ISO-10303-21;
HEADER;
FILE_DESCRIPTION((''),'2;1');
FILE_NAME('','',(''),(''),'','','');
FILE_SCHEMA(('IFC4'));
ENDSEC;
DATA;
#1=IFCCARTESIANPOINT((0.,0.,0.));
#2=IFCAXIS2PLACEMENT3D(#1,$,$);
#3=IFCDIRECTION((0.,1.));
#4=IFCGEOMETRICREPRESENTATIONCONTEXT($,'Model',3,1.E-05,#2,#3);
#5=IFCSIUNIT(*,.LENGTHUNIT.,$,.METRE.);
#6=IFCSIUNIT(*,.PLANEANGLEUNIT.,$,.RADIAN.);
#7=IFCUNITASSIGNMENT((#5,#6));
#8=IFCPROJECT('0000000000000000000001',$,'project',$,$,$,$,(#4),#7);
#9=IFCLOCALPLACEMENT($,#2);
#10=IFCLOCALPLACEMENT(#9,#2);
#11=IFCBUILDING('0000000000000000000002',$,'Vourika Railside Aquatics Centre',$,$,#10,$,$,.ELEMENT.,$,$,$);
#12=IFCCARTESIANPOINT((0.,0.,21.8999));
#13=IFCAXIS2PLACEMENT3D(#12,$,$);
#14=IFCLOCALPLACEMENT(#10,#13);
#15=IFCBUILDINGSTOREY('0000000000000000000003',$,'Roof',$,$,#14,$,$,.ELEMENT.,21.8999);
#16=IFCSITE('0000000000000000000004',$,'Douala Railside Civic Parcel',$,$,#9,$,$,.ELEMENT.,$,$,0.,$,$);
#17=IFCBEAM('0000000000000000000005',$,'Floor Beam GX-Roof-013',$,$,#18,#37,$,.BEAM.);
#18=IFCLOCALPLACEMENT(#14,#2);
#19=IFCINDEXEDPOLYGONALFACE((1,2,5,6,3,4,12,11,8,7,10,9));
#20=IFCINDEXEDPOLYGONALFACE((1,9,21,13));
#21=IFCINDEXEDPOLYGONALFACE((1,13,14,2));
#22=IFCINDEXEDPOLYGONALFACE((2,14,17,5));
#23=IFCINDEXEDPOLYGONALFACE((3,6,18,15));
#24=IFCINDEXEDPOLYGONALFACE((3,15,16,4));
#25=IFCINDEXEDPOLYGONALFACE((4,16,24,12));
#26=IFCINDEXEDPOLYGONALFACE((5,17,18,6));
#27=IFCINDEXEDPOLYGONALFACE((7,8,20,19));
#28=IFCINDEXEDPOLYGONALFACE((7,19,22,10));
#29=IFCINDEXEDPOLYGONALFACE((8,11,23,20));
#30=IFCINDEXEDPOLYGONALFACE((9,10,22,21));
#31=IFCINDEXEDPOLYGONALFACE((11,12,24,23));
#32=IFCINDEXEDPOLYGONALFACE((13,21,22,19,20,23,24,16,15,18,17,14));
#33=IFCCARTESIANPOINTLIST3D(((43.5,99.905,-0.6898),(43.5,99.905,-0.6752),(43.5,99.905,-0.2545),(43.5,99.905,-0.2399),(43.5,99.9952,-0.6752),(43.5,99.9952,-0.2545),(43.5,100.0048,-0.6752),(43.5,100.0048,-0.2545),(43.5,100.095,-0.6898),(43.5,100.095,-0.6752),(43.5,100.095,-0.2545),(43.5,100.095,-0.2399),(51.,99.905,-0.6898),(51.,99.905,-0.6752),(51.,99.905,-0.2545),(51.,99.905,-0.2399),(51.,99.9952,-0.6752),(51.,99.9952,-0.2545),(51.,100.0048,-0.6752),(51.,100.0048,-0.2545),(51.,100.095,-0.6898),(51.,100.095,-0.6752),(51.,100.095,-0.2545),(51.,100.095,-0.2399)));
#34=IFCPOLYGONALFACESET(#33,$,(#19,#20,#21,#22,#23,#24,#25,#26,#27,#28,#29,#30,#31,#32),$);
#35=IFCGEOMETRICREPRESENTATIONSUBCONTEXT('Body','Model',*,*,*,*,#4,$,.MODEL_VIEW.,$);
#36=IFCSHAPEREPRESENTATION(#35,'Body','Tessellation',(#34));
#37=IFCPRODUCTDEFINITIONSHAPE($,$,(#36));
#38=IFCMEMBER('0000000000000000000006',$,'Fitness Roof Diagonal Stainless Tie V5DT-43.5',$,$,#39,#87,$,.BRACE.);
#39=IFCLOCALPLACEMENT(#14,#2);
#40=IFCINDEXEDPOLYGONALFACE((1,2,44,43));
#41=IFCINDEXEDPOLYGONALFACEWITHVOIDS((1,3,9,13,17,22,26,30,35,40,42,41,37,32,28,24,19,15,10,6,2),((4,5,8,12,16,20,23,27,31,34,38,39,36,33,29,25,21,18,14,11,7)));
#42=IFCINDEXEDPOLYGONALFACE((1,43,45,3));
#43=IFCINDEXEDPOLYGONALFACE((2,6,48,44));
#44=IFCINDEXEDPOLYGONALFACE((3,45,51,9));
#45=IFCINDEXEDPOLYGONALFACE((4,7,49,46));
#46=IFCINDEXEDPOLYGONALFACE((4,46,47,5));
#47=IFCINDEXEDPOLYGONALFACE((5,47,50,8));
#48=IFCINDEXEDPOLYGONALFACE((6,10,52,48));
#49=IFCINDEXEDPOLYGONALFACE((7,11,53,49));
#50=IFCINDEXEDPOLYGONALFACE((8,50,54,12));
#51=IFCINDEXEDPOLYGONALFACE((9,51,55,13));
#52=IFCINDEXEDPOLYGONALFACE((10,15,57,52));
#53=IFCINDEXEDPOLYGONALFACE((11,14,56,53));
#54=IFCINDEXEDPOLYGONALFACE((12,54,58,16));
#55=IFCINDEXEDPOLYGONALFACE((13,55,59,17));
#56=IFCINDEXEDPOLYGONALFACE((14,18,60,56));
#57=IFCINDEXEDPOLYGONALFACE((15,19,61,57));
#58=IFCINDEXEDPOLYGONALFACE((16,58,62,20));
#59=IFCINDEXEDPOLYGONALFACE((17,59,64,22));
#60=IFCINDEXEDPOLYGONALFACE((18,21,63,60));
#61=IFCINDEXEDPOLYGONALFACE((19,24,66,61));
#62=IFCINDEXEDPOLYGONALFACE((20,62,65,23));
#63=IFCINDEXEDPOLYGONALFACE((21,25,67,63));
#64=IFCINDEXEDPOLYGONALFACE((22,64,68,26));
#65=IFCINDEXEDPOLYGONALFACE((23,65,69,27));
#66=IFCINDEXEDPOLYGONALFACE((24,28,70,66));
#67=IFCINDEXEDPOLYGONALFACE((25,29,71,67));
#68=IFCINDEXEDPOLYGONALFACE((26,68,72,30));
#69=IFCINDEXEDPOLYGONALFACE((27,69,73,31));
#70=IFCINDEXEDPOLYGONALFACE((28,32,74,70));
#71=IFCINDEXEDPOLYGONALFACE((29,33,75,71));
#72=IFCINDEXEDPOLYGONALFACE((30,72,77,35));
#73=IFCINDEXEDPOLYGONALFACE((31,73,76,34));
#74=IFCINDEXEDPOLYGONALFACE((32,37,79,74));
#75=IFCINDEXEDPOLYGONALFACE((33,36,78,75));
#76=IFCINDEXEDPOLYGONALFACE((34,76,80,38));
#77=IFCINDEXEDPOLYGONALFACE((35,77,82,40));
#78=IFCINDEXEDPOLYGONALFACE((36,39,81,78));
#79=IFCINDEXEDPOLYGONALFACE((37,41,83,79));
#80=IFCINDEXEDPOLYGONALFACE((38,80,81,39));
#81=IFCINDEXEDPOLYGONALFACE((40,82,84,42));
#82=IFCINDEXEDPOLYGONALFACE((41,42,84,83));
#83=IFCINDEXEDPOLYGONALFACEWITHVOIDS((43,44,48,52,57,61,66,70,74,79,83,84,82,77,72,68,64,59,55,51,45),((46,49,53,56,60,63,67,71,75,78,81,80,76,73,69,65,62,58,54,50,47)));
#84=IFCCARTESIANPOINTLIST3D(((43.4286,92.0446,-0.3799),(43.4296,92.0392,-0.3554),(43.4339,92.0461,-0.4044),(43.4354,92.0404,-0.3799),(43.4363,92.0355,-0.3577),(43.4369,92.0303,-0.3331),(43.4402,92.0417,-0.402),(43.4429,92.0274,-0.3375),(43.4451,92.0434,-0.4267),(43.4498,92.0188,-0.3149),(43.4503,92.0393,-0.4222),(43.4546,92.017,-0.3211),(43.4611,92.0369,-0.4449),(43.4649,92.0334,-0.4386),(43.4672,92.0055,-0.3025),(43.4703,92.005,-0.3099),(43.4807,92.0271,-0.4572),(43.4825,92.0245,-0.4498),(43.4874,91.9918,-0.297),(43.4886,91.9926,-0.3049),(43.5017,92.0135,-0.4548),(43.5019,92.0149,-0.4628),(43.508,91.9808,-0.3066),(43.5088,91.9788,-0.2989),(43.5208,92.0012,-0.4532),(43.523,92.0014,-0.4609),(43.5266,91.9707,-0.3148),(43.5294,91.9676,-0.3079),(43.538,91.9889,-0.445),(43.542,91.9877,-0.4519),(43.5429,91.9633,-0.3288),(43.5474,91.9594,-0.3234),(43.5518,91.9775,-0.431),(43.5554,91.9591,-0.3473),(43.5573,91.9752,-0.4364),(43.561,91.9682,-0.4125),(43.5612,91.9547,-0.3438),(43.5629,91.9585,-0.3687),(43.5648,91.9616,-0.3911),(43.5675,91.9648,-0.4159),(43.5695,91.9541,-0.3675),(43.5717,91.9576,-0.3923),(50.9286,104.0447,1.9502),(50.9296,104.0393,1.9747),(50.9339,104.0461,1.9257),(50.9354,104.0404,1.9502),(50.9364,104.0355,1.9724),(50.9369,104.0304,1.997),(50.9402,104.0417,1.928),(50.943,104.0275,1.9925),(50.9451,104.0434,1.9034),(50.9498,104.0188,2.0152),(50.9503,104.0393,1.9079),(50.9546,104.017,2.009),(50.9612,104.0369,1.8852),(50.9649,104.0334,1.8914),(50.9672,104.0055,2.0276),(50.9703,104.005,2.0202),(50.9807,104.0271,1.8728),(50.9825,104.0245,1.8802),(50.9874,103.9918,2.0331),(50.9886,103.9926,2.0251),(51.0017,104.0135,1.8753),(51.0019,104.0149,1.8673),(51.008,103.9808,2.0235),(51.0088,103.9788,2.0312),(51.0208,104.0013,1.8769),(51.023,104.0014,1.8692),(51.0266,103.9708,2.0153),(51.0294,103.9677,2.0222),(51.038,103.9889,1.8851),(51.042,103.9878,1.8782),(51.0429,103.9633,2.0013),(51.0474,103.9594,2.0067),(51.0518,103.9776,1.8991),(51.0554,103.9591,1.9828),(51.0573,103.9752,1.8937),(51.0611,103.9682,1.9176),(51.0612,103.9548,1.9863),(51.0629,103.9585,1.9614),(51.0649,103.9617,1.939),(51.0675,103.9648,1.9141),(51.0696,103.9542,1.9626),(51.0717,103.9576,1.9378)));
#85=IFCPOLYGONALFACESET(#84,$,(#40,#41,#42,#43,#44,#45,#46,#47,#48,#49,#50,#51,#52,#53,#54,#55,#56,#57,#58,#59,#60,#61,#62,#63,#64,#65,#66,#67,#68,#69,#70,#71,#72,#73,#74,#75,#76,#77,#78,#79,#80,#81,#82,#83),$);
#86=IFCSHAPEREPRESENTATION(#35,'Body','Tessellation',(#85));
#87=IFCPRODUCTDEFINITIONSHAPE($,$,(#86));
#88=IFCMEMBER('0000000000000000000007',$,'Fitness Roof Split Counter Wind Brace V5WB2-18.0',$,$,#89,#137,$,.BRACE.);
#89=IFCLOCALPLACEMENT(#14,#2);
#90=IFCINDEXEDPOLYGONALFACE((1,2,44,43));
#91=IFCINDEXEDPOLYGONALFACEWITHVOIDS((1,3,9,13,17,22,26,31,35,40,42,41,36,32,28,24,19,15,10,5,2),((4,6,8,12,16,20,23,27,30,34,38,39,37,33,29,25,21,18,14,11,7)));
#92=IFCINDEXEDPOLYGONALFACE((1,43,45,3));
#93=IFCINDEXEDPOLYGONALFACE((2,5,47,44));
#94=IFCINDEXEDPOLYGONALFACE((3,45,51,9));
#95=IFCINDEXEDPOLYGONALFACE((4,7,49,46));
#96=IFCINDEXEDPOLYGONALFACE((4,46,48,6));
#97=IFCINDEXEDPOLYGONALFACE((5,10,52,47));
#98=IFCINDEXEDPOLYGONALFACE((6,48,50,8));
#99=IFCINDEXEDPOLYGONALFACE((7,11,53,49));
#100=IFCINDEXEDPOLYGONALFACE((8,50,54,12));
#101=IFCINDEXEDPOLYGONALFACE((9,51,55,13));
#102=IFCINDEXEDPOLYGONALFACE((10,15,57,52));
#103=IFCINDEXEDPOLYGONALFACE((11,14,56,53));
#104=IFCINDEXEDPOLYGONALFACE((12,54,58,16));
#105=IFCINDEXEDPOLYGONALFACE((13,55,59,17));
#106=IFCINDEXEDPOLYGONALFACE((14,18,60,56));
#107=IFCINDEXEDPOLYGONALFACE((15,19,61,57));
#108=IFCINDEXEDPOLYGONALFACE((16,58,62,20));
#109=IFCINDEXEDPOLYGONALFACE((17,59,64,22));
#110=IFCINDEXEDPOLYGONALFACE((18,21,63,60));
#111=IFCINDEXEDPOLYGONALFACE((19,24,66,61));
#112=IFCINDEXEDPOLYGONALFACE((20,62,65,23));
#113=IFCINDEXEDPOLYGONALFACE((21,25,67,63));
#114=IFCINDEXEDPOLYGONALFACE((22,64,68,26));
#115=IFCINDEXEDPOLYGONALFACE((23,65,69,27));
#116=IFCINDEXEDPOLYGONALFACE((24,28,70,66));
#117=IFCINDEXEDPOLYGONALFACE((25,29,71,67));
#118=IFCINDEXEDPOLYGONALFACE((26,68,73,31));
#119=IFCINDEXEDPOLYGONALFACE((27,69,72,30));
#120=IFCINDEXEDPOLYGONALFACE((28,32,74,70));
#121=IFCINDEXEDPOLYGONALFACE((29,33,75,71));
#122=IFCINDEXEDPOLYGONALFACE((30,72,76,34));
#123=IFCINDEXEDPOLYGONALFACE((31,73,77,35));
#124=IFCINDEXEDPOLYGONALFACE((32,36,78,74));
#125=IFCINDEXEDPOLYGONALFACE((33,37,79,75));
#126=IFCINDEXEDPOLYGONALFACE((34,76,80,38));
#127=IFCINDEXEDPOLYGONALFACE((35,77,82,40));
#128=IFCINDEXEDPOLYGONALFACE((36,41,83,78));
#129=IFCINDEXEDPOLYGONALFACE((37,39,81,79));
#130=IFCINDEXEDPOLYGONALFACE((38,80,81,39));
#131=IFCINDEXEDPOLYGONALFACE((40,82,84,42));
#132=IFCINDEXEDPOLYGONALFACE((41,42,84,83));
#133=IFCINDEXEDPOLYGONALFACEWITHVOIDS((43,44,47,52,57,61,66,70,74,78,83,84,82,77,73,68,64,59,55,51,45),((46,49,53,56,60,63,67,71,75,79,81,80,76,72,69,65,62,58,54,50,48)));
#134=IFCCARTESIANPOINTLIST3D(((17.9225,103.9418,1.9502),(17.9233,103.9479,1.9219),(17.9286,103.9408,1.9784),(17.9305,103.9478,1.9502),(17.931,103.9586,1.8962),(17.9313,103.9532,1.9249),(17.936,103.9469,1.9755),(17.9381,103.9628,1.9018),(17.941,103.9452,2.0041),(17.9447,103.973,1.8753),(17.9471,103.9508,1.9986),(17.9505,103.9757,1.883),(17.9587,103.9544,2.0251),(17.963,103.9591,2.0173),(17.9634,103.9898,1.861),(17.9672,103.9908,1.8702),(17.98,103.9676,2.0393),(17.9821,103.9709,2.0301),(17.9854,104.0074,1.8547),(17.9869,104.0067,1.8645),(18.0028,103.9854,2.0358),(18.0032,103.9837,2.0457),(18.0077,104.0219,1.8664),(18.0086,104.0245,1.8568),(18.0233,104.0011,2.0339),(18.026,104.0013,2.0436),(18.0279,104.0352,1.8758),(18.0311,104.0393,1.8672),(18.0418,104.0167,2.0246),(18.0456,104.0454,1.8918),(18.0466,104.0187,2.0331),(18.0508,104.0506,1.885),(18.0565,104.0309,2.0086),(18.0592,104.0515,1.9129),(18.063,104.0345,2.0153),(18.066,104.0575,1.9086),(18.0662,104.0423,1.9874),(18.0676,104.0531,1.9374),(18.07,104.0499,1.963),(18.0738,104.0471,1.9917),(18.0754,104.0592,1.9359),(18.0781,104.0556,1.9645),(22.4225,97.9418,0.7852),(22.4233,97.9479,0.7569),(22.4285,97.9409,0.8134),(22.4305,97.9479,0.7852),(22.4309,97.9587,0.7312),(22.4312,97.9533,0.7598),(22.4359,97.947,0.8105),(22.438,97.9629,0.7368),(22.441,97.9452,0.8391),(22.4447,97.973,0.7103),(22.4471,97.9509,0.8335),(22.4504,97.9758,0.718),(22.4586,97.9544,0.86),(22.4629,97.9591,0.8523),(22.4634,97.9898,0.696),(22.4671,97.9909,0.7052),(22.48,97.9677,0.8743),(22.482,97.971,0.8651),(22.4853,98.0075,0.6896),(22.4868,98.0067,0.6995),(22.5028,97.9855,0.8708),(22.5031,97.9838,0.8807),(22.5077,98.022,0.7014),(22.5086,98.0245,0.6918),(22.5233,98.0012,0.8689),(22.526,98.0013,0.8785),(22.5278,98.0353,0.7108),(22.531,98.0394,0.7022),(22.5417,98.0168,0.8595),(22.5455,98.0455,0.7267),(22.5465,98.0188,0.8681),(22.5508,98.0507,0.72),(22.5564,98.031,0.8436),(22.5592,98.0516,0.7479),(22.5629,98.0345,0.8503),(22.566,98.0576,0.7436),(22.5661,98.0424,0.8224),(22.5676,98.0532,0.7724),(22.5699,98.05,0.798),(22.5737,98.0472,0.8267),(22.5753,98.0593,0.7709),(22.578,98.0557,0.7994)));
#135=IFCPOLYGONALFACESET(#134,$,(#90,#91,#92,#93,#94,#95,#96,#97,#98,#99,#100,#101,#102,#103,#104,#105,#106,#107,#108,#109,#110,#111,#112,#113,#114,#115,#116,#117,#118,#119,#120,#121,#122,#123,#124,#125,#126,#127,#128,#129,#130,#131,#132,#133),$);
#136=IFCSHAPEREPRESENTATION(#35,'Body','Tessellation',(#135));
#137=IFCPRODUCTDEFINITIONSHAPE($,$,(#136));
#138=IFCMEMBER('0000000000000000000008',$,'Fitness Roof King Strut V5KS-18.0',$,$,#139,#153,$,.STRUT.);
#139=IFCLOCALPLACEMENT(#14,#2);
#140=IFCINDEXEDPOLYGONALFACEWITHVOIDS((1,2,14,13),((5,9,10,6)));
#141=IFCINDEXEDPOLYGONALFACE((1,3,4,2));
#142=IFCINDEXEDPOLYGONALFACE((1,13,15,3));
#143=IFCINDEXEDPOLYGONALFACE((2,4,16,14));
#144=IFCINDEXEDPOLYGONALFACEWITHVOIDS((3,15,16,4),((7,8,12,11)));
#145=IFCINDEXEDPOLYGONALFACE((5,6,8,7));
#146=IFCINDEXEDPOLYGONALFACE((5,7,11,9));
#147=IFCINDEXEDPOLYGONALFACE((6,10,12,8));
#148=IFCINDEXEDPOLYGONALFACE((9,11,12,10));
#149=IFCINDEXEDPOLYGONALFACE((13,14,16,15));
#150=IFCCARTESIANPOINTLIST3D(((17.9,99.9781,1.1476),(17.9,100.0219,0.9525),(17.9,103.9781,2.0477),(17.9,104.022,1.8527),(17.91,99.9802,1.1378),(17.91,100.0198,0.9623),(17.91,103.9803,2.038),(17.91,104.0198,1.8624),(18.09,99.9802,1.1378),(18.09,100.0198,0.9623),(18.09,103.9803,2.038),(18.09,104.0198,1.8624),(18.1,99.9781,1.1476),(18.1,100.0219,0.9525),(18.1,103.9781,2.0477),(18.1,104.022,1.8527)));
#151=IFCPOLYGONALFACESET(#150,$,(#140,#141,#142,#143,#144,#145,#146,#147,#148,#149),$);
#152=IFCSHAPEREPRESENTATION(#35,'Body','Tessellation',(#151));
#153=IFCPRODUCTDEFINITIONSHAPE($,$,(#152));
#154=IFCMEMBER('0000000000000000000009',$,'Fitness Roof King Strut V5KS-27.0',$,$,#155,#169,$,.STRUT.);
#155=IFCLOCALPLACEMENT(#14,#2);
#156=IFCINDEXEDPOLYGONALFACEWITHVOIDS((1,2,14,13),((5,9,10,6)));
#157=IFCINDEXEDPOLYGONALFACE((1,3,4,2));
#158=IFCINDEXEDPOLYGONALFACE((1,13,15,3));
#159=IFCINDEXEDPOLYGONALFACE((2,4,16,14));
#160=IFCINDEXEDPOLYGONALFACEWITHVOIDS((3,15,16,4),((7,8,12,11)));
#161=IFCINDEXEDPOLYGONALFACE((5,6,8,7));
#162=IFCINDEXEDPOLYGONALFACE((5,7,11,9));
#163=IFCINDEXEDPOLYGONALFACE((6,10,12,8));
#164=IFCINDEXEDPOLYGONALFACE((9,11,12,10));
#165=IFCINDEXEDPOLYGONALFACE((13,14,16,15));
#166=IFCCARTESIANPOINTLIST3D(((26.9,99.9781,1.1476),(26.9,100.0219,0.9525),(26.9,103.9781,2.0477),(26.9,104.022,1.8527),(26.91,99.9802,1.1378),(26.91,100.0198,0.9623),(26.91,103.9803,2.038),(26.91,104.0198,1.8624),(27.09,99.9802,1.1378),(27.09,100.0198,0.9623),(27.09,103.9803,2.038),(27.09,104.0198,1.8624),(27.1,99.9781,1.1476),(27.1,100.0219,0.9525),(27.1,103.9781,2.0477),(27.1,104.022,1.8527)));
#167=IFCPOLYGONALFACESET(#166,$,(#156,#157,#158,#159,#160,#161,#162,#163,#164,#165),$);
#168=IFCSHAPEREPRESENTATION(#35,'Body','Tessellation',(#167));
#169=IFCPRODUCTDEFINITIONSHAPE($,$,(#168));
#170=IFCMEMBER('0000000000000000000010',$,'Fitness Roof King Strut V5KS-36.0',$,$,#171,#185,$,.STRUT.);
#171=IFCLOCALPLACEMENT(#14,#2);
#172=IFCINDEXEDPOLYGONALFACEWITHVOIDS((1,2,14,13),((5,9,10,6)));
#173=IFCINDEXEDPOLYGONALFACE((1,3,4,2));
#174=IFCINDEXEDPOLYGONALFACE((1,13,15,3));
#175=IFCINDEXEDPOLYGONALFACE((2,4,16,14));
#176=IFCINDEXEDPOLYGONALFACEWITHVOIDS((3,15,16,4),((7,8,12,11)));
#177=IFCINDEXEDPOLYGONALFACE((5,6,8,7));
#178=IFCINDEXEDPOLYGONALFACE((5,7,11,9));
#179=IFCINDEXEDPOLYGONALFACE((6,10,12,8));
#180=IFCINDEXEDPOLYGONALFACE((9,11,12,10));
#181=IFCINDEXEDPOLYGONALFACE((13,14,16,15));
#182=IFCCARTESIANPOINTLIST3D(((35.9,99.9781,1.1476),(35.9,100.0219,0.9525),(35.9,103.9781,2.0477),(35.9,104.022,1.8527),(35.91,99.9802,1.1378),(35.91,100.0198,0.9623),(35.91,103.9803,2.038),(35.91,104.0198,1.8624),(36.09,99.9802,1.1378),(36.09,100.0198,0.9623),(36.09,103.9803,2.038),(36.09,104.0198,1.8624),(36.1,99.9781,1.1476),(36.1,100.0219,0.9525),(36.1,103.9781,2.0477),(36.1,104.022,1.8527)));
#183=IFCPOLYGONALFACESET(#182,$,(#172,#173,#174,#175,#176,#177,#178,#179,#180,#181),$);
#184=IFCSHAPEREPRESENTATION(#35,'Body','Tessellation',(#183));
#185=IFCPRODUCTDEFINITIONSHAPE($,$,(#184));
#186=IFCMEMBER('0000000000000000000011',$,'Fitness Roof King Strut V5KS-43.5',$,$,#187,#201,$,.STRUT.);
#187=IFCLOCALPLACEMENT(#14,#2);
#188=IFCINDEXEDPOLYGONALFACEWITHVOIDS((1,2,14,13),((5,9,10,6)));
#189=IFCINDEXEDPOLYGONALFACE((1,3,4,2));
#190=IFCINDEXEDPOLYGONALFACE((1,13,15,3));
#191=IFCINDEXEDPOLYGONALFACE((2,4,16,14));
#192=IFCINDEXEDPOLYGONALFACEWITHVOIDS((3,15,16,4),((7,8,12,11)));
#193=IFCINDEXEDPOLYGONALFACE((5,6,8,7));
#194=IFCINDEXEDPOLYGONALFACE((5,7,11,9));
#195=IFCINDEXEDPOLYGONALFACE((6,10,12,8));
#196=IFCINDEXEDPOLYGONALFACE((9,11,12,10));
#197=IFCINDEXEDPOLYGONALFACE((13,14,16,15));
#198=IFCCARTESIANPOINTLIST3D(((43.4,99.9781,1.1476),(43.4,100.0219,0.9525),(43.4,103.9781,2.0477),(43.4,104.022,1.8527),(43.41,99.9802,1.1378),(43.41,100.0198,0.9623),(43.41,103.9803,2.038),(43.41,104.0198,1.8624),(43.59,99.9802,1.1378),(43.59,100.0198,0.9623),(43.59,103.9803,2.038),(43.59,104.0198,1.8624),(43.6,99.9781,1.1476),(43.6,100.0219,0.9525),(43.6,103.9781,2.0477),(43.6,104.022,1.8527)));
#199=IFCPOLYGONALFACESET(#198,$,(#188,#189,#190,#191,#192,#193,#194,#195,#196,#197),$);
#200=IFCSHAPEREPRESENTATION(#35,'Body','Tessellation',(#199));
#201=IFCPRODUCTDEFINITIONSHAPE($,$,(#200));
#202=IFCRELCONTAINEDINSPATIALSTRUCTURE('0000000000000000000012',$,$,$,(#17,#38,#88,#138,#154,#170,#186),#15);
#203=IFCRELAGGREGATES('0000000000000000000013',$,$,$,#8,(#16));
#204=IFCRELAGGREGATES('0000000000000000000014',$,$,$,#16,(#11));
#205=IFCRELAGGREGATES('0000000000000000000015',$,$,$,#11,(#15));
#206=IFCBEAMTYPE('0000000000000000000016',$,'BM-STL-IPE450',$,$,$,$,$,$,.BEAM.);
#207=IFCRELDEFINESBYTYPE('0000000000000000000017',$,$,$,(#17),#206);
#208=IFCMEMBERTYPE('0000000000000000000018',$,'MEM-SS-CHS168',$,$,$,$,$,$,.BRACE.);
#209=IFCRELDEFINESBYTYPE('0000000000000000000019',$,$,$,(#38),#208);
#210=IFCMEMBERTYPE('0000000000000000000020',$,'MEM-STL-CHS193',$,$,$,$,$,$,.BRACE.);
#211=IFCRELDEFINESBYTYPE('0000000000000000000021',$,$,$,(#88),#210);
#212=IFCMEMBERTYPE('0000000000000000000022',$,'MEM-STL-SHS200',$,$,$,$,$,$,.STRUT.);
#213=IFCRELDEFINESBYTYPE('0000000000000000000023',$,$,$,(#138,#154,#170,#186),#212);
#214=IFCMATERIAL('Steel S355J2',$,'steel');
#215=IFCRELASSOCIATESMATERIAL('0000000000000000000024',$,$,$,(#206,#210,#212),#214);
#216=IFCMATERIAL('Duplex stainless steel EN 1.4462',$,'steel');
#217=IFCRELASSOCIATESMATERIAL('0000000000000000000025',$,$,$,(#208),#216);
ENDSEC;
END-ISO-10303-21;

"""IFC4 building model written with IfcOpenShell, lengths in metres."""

from ifc_helpers import new_model, si_unit, direction, frame, origin, origin_2d, place, context, subcontext, project, spatial, hollow_rectangle, hollow_circle, i_section, extrude, material, material_profile, profile_set, type_object, element, save


model = new_model("IFC4")

# Units and contexts
model_context = context("Model", 3, precision=1e-05, world=origin(), true_north=direction((0.0, 1.0)))
body_context = subcontext(model_context, "Body", "Model", "MODEL_VIEW")
ifc_project = project(units=[si_unit("LENGTHUNIT", "METRE"), si_unit("PLANEANGLEUNIT", "RADIAN")], contexts=[model_context])

# Site, building, storey
site_placement = place(None, origin())
site = spatial("IfcSite", under=ifc_project, at=site_placement, Name="Douala Railside Civic Parcel", CompositionType="ELEMENT", RefElevation=0.0)
building_placement = place(site_placement, origin())
building = spatial("IfcBuilding", under=site, at=building_placement, Name="Vourika Railside Aquatics Centre", CompositionType="ELEMENT")
storey_placement = place(building_placement, frame((0.0, 0.0, 21.8999)))
storey = spatial("IfcBuildingStorey", under=building, at=storey_placement, Name="Roof", CompositionType="ELEMENT", Elevation=21.8999)

# Shared definitions
ifc_material_1 = material(Name="Steel S355J2", Category="steel")

# Beam
ifc_material_profile_1 = material_profile(ifc_material_1, i_section(OverallWidth=0.1899, OverallDepth=0.45, WebThickness=0.0095, FlangeThickness=0.0146, at=origin_2d()), Name="IPE 450")
ifc_profile_set_1 = profile_set([ifc_material_profile_1], Name="Steel S355J2")
beam_type_1 = type_object("IfcBeamType", Name="BM-STL-IPE450", PredefinedType="BEAM", material=ifc_profile_set_1)
for number, where, z_axis, x_axis, name in (
    (1, (43.5, 100.0, -0.4648), (1.0, 0.0, 0.0), (0.0, 1.0, 0.0), "Floor Beam GX-Roof-013"),
):
    element("IfcBeam", number, at=place(storey_placement, frame(where, z_axis=z_axis, x_axis=x_axis)), inside=storey, type_object=beam_type_1, Name=name, PredefinedType="BEAM", context=body_context, shape_type="SweptSolid", body=[
        extrude(i_section(OverallWidth=0.1899, OverallDepth=0.45, WebThickness=0.0095, FlangeThickness=0.0146, at=origin_2d()), origin(), (0.0, 0.0, 1.0), 7.5),
    ])

# Members
ifc_material_2 = material(Name="Duplex stainless steel EN 1.4462", Category="steel")
ifc_material_profile_2 = material_profile(ifc_material_2, hollow_circle(Radius=0.0842, WallThickness=0.0081, at=origin_2d()), Name="CHS 168.3x8")
ifc_profile_set_2 = profile_set([ifc_material_profile_2], Name="Duplex stainless steel EN 1.4462")
member_type_1 = type_object("IfcMemberType", Name="MEM-SS-CHS168", PredefinedType="BRACE", material=ifc_profile_set_2)
member_1_placement = place(storey_placement, frame((43.5, 92.0, -0.3799), z_axis=(0.522957, 0.836731, 0.162471), x_axis=(-0.847998, 0.529999, 0.0)))
element("IfcMember", 2, at=member_1_placement, inside=storey, type_object=member_type_1, Name="Fitness Roof Diagonal Stainless Tie V5DT-43.5", PredefinedType="BRACE", context=body_context, shape_type="SweptSolid", body=[
    extrude(hollow_circle(Radius=0.0842, WallThickness=0.0081, at=origin_2d()), origin(), (0.0, 0.0, 1.0), 14.3416),
])
ifc_material_profile_3 = material_profile(ifc_material_1, hollow_circle(Radius=0.0969, WallThickness=0.01, at=origin_2d()), Name="CHS 193.7x10")
ifc_profile_set_3 = profile_set([ifc_material_profile_3], Name="Steel S355J2")
member_type_2 = type_object("IfcMemberType", Name="MEM-STL-CHS193", PredefinedType="BRACE", material=ifc_profile_set_3)
member_2_placement = place(storey_placement, frame((22.5, 98.0, 0.7852), z_axis=(-0.592889, 0.790519, 0.153498), x_axis=(-0.8, -0.6, 0.0)))
element("IfcMember", 3, at=member_2_placement, inside=storey, type_object=member_type_2, Name="Fitness Roof Split Counter Wind Brace V5WB2-18.0", PredefinedType="BRACE", context=body_context, shape_type="SweptSolid", body=[
    extrude(hollow_circle(Radius=0.0969, WallThickness=0.01, at=origin_2d()), origin(), (0.0, 0.0, 1.0), 7.5898),
])
ifc_material_profile_4 = material_profile(ifc_material_1, hollow_rectangle(XDim=0.2, YDim=0.2, WallThickness=0.01, at=origin_2d()), Name="SHS 200x200x10")
ifc_profile_set_4 = profile_set([ifc_material_profile_4], Name="Steel S355J2")
member_type_3 = type_object("IfcMemberType", Name="MEM-STL-SHS200", PredefinedType="STRUT", material=ifc_profile_set_4)
for number, where, z_axis, x_axis, name in (
    (4, (18.0, 100.0, 1.05), (0.0, 0.975602, 0.219546), (-1.0, 0.0, 0.0), "Fitness Roof King Strut V5KS-18.0"),
    (5, (27.0, 100.0, 1.05), (0.0, 0.975602, 0.219546), (-1.0, 0.0, 0.0), "Fitness Roof King Strut V5KS-27.0"),
    (6, (36.0, 100.0, 1.05), (0.0, 0.975602, 0.219546), (-1.0, 0.0, 0.0), "Fitness Roof King Strut V5KS-36.0"),
    (7, (43.5, 100.0, 1.05), (0.0, 0.975602, 0.219546), (-1.0, 0.0, 0.0), "Fitness Roof King Strut V5KS-43.5"),
):
    element("IfcMember", number, at=place(storey_placement, frame(where, z_axis=z_axis, x_axis=x_axis)), inside=storey, type_object=member_type_3, Name=name, PredefinedType="STRUT", context=body_context, shape_type="SweptSolid", body=[
        extrude(hollow_rectangle(XDim=0.2, YDim=0.2, WallThickness=0.01, at=origin_2d()), origin(), (0.0, 0.0, 1.0), 4.1001),
    ])

save(model, "model.ifc")
